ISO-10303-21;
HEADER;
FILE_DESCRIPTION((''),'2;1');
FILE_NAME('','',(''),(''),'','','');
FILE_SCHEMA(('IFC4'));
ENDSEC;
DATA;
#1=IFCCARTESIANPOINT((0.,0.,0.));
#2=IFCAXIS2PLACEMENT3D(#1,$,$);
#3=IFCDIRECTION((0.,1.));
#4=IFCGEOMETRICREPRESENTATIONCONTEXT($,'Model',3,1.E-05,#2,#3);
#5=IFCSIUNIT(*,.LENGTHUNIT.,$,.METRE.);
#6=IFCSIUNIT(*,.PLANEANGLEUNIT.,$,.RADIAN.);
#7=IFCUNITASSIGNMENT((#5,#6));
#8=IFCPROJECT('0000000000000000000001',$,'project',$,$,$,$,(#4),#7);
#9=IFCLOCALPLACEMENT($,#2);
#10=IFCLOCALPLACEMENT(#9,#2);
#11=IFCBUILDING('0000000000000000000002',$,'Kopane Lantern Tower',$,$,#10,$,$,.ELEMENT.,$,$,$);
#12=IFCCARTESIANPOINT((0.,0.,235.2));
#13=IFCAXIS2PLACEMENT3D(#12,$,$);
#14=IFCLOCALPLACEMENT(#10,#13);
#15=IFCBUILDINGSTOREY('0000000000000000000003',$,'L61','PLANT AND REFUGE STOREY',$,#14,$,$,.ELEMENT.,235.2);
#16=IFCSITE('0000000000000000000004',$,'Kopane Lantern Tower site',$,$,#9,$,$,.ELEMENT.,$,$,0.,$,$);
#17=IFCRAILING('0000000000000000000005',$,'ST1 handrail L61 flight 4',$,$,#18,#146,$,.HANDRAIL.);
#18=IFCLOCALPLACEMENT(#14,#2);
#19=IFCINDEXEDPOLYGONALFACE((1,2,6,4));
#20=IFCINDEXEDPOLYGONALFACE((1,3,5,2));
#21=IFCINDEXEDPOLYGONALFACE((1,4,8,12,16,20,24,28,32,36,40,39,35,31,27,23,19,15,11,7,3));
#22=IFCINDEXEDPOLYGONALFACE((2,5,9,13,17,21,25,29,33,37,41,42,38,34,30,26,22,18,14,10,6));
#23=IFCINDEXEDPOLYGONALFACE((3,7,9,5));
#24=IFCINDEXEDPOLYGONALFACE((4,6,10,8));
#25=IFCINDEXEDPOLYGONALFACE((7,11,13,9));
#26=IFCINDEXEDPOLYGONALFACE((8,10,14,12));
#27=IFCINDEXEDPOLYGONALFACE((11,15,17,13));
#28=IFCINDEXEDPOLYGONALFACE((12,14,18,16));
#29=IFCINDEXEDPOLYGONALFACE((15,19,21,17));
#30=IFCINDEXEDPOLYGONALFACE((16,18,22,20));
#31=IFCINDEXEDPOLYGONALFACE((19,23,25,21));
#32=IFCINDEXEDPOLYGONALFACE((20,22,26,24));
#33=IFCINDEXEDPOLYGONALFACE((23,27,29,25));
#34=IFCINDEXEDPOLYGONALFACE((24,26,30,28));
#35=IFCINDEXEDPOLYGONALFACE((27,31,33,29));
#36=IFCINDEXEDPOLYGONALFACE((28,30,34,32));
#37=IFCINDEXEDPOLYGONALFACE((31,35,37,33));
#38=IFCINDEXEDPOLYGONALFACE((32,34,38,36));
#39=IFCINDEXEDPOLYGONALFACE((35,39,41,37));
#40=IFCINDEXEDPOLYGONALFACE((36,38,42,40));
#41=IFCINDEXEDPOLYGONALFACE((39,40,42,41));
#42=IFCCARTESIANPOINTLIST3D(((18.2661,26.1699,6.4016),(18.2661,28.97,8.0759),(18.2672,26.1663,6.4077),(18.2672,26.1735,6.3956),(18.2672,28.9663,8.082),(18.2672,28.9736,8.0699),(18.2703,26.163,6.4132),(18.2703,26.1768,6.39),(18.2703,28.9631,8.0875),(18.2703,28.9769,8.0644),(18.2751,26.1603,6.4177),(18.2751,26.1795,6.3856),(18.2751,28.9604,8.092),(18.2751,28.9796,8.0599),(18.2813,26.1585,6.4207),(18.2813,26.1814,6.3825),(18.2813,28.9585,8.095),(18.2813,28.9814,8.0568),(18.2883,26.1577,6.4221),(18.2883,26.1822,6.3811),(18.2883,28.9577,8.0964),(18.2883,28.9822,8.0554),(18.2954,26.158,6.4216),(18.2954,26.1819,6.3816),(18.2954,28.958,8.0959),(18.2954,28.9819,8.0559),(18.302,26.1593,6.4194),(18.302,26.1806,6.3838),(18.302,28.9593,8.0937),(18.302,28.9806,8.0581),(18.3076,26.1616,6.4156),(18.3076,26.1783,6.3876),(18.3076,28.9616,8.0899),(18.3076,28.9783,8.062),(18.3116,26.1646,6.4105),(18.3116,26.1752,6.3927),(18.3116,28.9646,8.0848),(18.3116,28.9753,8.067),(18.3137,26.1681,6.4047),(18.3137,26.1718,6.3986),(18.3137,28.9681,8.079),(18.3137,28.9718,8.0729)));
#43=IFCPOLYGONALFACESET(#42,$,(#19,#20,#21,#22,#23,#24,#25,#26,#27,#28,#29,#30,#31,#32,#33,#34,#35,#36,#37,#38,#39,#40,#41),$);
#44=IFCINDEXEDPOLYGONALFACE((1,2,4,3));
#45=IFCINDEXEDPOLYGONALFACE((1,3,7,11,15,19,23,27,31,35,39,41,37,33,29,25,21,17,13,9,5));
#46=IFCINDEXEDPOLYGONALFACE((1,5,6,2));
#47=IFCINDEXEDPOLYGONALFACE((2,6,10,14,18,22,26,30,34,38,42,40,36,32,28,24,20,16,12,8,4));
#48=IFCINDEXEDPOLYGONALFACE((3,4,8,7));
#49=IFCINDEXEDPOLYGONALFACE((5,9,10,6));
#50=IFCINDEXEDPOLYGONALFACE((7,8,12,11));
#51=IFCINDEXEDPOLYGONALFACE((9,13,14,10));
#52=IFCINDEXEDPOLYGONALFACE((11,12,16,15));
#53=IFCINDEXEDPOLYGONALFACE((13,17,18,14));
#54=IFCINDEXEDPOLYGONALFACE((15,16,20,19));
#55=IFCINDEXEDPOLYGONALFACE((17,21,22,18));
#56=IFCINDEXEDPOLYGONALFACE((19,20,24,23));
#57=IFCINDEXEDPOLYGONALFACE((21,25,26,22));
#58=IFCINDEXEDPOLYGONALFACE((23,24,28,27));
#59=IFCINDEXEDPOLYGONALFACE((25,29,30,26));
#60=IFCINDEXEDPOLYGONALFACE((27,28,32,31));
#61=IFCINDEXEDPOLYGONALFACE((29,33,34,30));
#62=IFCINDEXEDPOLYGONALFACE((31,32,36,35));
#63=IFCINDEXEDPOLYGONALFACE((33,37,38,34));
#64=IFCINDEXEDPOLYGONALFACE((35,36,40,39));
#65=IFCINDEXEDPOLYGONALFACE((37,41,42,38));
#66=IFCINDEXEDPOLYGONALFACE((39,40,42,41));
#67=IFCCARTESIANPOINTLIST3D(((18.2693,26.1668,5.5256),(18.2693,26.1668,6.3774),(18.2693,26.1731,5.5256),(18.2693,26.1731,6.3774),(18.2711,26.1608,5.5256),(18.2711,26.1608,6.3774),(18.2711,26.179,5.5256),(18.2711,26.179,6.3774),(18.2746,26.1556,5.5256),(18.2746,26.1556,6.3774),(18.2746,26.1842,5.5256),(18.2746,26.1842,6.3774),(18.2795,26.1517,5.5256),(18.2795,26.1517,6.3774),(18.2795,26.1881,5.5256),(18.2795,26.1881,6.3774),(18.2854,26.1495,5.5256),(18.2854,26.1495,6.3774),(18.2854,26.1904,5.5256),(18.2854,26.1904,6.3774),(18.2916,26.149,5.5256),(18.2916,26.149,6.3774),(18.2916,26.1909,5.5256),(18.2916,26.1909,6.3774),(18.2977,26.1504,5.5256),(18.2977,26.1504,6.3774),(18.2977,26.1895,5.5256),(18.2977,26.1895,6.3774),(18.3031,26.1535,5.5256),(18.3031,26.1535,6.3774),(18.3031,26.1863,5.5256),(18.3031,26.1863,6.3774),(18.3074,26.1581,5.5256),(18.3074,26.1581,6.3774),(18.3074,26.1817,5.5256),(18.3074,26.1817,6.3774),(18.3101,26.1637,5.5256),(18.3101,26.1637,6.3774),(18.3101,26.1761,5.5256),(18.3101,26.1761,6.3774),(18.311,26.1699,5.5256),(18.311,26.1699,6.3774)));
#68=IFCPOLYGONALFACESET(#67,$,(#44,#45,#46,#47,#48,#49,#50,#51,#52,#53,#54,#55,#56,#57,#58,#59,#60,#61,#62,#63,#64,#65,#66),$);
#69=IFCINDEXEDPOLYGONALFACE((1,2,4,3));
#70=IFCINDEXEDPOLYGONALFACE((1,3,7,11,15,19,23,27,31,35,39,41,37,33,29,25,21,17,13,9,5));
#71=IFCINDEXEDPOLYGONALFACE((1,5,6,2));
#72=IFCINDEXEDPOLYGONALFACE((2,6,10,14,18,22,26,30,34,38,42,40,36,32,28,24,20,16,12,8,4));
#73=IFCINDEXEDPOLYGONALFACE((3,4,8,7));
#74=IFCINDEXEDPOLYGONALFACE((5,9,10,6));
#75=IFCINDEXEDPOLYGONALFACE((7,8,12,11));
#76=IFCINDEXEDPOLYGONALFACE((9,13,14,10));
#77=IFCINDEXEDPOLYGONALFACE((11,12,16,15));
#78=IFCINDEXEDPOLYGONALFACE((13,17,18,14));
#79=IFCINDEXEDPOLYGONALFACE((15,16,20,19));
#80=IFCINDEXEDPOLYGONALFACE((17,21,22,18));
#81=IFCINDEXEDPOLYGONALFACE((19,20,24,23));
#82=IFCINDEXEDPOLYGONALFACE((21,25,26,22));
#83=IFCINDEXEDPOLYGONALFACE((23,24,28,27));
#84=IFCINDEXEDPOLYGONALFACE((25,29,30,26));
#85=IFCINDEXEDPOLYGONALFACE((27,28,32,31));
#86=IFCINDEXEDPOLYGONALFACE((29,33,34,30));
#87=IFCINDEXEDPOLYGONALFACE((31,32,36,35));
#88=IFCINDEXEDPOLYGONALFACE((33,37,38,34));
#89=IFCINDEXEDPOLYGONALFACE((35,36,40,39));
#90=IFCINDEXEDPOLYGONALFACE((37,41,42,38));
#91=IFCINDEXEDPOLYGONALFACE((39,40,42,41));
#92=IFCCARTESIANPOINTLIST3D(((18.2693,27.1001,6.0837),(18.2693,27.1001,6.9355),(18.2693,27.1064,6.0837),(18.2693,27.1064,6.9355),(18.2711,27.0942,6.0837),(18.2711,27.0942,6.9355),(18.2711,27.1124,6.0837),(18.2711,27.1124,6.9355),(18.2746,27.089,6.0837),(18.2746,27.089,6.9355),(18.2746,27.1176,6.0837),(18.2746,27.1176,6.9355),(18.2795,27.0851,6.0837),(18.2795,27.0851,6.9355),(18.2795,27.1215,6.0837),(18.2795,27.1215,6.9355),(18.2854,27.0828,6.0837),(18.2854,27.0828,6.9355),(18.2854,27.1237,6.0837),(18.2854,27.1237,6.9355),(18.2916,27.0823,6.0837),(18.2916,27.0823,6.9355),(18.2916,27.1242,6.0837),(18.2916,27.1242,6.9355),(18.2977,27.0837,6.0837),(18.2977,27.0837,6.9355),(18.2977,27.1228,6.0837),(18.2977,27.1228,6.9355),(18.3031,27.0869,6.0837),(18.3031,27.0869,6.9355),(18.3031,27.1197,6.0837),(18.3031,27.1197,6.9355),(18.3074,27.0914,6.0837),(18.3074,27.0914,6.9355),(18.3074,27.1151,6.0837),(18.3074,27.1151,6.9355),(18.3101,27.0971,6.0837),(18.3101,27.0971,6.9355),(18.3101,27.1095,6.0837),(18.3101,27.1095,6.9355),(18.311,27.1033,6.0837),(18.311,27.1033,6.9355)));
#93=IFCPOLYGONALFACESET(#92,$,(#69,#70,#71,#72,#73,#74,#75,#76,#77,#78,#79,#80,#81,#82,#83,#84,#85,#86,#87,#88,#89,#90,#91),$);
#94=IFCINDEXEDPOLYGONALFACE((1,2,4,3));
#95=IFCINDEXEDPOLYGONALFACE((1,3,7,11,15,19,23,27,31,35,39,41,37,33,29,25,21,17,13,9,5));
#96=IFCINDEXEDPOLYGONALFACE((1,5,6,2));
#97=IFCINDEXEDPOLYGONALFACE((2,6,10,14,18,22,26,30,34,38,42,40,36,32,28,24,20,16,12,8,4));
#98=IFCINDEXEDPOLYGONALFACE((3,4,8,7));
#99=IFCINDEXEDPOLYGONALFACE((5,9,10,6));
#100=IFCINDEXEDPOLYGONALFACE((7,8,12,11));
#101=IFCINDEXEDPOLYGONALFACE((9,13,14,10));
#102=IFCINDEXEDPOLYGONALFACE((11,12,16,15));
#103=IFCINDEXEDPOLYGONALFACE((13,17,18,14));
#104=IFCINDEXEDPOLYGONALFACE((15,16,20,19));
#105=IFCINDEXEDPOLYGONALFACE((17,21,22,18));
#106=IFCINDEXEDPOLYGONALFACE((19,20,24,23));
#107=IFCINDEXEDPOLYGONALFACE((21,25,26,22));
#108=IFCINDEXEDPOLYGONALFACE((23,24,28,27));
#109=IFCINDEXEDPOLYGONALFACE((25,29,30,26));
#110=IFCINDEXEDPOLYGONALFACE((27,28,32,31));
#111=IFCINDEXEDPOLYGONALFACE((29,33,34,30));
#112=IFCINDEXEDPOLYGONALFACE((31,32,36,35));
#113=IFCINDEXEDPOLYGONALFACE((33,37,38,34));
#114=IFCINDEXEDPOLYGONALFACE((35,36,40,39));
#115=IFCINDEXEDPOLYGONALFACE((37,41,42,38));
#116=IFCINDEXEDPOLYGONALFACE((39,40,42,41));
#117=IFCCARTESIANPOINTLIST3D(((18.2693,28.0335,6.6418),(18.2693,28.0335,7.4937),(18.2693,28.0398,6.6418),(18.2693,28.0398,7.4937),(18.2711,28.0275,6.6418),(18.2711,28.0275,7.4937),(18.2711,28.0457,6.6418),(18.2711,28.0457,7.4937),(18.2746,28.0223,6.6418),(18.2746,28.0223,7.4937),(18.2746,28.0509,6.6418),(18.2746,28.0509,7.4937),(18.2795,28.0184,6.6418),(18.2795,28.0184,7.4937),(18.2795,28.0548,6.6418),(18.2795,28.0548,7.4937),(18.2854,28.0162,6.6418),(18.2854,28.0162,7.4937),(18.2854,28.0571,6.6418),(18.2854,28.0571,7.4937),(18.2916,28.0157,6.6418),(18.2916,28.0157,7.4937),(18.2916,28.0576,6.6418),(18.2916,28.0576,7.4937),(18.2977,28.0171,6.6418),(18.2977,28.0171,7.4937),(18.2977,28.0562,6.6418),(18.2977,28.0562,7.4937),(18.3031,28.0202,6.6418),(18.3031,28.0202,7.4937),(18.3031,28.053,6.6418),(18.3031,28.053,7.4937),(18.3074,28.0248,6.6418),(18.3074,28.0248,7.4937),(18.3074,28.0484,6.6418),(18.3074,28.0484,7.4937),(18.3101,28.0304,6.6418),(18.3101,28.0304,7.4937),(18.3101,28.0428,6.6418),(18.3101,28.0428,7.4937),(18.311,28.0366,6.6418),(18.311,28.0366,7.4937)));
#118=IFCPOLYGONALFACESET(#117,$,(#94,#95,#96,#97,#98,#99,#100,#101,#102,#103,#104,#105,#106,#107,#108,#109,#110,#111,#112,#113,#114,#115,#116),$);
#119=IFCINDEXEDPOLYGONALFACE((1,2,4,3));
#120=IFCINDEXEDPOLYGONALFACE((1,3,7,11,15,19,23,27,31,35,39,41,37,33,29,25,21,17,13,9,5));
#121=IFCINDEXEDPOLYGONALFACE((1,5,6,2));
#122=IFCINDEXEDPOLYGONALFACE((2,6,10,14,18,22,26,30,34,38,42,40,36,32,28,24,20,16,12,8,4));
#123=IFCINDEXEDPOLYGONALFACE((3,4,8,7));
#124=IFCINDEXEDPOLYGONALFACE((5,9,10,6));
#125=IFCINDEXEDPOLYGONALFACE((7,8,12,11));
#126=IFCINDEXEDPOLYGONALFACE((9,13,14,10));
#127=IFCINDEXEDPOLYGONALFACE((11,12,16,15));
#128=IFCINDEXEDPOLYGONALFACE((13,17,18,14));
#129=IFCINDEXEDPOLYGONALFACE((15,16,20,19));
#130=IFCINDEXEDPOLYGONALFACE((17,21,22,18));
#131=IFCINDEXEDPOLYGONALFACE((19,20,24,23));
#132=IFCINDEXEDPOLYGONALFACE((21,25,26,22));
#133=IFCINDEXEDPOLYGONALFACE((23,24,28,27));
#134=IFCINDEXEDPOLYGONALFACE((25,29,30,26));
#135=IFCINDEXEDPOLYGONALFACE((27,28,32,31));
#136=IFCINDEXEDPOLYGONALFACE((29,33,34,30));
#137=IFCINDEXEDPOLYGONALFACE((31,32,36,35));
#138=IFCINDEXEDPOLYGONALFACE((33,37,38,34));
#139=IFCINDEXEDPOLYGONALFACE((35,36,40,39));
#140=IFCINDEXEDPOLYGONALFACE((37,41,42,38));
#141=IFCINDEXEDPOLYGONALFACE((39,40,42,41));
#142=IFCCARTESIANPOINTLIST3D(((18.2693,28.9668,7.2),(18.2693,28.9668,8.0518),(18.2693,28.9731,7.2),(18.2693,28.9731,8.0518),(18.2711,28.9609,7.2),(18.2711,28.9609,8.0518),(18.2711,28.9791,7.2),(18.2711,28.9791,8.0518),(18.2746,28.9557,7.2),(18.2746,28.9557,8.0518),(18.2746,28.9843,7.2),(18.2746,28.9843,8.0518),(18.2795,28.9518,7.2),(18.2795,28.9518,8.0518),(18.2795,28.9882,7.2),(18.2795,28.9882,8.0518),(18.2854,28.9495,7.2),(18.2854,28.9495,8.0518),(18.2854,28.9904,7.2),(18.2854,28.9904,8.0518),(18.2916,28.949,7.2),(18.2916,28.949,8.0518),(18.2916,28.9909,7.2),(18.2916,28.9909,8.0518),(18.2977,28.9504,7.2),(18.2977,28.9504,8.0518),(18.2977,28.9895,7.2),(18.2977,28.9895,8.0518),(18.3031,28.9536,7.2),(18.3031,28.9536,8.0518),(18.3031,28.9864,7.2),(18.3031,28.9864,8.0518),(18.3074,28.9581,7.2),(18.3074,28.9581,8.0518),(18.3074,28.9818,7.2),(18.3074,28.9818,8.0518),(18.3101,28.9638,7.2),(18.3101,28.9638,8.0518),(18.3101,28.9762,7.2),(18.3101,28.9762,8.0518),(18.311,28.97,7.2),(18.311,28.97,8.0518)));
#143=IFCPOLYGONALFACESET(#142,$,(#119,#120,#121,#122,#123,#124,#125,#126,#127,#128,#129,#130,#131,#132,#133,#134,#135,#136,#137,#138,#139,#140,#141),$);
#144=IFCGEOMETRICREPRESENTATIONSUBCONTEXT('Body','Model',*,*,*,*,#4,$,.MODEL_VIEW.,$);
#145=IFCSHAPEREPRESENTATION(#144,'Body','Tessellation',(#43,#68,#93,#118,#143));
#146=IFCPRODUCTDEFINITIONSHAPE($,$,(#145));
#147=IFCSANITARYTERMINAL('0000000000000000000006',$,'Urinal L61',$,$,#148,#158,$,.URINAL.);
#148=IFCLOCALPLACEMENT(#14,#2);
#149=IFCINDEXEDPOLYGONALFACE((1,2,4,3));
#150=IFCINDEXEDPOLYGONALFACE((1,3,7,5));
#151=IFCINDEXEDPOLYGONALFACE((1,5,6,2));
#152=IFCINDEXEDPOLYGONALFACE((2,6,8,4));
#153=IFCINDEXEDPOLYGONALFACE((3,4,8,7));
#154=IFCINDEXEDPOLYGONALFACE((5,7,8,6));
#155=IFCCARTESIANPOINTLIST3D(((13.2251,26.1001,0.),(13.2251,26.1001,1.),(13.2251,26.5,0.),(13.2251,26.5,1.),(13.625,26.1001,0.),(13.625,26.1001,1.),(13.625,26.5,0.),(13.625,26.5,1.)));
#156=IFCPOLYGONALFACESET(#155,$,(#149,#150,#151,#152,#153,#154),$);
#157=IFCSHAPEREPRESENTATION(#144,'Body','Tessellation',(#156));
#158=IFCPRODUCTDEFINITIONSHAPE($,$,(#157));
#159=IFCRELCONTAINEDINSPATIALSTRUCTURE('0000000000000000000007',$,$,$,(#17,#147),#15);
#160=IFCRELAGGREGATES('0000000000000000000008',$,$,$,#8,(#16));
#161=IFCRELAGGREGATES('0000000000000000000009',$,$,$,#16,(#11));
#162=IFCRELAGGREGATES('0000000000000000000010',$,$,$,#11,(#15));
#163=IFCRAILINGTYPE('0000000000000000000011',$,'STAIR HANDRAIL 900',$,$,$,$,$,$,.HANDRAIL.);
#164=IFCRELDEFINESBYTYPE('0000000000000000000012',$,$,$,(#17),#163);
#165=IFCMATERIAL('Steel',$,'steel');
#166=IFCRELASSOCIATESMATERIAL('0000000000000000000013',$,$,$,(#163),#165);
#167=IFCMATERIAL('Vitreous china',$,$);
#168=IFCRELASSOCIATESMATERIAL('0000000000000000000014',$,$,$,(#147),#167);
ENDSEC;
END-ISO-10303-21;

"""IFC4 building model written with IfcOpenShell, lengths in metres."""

from ifc_helpers import new_model, si_unit, direction, frame, origin, origin_2d, place, context, subcontext, project, spatial, rectangle, circle, extrude, material, type_object, element, save


model = new_model("IFC4")

# Units and contexts
model_context = context("Model", 3, precision=1e-05, world=origin(), true_north=direction((0.0, 1.0)))
body_context = subcontext(model_context, "Body", "Model", "MODEL_VIEW")
ifc_project = project(units=[si_unit("LENGTHUNIT", "METRE"), si_unit("PLANEANGLEUNIT", "RADIAN")], contexts=[model_context])

# Site, building, storey
site_placement = place(None, origin())
site = spatial("IfcSite", under=ifc_project, at=site_placement, Name="Kopane Lantern Tower site", CompositionType="ELEMENT", RefElevation=0.0)
building_placement = place(site_placement, origin())
building = spatial("IfcBuilding", under=site, at=building_placement, Name="Kopane Lantern Tower", CompositionType="ELEMENT")
storey_placement = place(building_placement, frame((0.0, 0.0, 235.2)))
storey = spatial("IfcBuildingStorey", under=building, at=storey_placement, Name="L61", Description="PLANT AND REFUGE STOREY", CompositionType="ELEMENT", Elevation=235.2)

# Railing
ifc_material_1 = material(Name="Steel", Category="steel")
railing_type = type_object("IfcRailingType", Name="STAIR HANDRAIL 900", PredefinedType="HANDRAIL", material=ifc_material_1)
for number, where, name in (
    (1, (18.29, 26.1699, 5.5256), "ST1 handrail L61 flight 4"),
):
    element("IfcRailing", number, at=place(storey_placement, frame(where)), inside=storey, type_object=railing_type, Name=name, PredefinedType="HANDRAIL", context=body_context, shape_type="SweptSolid", body=[
        extrude(circle(Radius=0.0239, at=origin_2d()), frame((0.0, 0.0, 0.876), z_axis=(0.0, 0.858265, 0.513208), x_axis=(-1.0, 0.0, 0.0)), (0.0, 0.0, 1.0), 3.2625),
        extrude(circle(Radius=0.021, at=origin_2d()), origin(), (0.0, 0.0, 1.0), 0.8518),
        extrude(circle(Radius=0.021, at=origin_2d()), frame((0.0, 0.9333, 0.5581)), (0.0, 0.0, 1.0), 0.8518),
        extrude(circle(Radius=0.021, at=origin_2d()), frame((0.0, 1.8667, 1.1162)), (0.0, 0.0, 1.0), 0.8518),
        extrude(circle(Radius=0.021, at=origin_2d()), frame((0.0, 2.8, 1.6743)), (0.0, 0.0, 1.0), 0.8518),
    ])

# Sanitary terminal
ifc_material_2 = material(Name="Vitreous china")
sanitary_terminal_placement = place(storey_placement, frame((13.425, 26.3, 0.0), z_axis=(0.0, 0.0, 1.0), x_axis=(1.0, 0.0, 0.0)))
element("IfcSanitaryTerminal", 2, at=sanitary_terminal_placement, inside=storey, material=ifc_material_2, Name="Urinal L61", PredefinedType="URINAL", context=body_context, shape_type="SweptSolid", body=[
    extrude(rectangle(XDim=0.3999, YDim=0.3999, at=origin_2d()), origin(), (0.0, 0.0, 1.0), 1.0),
])

save(model, "model.ifc")
